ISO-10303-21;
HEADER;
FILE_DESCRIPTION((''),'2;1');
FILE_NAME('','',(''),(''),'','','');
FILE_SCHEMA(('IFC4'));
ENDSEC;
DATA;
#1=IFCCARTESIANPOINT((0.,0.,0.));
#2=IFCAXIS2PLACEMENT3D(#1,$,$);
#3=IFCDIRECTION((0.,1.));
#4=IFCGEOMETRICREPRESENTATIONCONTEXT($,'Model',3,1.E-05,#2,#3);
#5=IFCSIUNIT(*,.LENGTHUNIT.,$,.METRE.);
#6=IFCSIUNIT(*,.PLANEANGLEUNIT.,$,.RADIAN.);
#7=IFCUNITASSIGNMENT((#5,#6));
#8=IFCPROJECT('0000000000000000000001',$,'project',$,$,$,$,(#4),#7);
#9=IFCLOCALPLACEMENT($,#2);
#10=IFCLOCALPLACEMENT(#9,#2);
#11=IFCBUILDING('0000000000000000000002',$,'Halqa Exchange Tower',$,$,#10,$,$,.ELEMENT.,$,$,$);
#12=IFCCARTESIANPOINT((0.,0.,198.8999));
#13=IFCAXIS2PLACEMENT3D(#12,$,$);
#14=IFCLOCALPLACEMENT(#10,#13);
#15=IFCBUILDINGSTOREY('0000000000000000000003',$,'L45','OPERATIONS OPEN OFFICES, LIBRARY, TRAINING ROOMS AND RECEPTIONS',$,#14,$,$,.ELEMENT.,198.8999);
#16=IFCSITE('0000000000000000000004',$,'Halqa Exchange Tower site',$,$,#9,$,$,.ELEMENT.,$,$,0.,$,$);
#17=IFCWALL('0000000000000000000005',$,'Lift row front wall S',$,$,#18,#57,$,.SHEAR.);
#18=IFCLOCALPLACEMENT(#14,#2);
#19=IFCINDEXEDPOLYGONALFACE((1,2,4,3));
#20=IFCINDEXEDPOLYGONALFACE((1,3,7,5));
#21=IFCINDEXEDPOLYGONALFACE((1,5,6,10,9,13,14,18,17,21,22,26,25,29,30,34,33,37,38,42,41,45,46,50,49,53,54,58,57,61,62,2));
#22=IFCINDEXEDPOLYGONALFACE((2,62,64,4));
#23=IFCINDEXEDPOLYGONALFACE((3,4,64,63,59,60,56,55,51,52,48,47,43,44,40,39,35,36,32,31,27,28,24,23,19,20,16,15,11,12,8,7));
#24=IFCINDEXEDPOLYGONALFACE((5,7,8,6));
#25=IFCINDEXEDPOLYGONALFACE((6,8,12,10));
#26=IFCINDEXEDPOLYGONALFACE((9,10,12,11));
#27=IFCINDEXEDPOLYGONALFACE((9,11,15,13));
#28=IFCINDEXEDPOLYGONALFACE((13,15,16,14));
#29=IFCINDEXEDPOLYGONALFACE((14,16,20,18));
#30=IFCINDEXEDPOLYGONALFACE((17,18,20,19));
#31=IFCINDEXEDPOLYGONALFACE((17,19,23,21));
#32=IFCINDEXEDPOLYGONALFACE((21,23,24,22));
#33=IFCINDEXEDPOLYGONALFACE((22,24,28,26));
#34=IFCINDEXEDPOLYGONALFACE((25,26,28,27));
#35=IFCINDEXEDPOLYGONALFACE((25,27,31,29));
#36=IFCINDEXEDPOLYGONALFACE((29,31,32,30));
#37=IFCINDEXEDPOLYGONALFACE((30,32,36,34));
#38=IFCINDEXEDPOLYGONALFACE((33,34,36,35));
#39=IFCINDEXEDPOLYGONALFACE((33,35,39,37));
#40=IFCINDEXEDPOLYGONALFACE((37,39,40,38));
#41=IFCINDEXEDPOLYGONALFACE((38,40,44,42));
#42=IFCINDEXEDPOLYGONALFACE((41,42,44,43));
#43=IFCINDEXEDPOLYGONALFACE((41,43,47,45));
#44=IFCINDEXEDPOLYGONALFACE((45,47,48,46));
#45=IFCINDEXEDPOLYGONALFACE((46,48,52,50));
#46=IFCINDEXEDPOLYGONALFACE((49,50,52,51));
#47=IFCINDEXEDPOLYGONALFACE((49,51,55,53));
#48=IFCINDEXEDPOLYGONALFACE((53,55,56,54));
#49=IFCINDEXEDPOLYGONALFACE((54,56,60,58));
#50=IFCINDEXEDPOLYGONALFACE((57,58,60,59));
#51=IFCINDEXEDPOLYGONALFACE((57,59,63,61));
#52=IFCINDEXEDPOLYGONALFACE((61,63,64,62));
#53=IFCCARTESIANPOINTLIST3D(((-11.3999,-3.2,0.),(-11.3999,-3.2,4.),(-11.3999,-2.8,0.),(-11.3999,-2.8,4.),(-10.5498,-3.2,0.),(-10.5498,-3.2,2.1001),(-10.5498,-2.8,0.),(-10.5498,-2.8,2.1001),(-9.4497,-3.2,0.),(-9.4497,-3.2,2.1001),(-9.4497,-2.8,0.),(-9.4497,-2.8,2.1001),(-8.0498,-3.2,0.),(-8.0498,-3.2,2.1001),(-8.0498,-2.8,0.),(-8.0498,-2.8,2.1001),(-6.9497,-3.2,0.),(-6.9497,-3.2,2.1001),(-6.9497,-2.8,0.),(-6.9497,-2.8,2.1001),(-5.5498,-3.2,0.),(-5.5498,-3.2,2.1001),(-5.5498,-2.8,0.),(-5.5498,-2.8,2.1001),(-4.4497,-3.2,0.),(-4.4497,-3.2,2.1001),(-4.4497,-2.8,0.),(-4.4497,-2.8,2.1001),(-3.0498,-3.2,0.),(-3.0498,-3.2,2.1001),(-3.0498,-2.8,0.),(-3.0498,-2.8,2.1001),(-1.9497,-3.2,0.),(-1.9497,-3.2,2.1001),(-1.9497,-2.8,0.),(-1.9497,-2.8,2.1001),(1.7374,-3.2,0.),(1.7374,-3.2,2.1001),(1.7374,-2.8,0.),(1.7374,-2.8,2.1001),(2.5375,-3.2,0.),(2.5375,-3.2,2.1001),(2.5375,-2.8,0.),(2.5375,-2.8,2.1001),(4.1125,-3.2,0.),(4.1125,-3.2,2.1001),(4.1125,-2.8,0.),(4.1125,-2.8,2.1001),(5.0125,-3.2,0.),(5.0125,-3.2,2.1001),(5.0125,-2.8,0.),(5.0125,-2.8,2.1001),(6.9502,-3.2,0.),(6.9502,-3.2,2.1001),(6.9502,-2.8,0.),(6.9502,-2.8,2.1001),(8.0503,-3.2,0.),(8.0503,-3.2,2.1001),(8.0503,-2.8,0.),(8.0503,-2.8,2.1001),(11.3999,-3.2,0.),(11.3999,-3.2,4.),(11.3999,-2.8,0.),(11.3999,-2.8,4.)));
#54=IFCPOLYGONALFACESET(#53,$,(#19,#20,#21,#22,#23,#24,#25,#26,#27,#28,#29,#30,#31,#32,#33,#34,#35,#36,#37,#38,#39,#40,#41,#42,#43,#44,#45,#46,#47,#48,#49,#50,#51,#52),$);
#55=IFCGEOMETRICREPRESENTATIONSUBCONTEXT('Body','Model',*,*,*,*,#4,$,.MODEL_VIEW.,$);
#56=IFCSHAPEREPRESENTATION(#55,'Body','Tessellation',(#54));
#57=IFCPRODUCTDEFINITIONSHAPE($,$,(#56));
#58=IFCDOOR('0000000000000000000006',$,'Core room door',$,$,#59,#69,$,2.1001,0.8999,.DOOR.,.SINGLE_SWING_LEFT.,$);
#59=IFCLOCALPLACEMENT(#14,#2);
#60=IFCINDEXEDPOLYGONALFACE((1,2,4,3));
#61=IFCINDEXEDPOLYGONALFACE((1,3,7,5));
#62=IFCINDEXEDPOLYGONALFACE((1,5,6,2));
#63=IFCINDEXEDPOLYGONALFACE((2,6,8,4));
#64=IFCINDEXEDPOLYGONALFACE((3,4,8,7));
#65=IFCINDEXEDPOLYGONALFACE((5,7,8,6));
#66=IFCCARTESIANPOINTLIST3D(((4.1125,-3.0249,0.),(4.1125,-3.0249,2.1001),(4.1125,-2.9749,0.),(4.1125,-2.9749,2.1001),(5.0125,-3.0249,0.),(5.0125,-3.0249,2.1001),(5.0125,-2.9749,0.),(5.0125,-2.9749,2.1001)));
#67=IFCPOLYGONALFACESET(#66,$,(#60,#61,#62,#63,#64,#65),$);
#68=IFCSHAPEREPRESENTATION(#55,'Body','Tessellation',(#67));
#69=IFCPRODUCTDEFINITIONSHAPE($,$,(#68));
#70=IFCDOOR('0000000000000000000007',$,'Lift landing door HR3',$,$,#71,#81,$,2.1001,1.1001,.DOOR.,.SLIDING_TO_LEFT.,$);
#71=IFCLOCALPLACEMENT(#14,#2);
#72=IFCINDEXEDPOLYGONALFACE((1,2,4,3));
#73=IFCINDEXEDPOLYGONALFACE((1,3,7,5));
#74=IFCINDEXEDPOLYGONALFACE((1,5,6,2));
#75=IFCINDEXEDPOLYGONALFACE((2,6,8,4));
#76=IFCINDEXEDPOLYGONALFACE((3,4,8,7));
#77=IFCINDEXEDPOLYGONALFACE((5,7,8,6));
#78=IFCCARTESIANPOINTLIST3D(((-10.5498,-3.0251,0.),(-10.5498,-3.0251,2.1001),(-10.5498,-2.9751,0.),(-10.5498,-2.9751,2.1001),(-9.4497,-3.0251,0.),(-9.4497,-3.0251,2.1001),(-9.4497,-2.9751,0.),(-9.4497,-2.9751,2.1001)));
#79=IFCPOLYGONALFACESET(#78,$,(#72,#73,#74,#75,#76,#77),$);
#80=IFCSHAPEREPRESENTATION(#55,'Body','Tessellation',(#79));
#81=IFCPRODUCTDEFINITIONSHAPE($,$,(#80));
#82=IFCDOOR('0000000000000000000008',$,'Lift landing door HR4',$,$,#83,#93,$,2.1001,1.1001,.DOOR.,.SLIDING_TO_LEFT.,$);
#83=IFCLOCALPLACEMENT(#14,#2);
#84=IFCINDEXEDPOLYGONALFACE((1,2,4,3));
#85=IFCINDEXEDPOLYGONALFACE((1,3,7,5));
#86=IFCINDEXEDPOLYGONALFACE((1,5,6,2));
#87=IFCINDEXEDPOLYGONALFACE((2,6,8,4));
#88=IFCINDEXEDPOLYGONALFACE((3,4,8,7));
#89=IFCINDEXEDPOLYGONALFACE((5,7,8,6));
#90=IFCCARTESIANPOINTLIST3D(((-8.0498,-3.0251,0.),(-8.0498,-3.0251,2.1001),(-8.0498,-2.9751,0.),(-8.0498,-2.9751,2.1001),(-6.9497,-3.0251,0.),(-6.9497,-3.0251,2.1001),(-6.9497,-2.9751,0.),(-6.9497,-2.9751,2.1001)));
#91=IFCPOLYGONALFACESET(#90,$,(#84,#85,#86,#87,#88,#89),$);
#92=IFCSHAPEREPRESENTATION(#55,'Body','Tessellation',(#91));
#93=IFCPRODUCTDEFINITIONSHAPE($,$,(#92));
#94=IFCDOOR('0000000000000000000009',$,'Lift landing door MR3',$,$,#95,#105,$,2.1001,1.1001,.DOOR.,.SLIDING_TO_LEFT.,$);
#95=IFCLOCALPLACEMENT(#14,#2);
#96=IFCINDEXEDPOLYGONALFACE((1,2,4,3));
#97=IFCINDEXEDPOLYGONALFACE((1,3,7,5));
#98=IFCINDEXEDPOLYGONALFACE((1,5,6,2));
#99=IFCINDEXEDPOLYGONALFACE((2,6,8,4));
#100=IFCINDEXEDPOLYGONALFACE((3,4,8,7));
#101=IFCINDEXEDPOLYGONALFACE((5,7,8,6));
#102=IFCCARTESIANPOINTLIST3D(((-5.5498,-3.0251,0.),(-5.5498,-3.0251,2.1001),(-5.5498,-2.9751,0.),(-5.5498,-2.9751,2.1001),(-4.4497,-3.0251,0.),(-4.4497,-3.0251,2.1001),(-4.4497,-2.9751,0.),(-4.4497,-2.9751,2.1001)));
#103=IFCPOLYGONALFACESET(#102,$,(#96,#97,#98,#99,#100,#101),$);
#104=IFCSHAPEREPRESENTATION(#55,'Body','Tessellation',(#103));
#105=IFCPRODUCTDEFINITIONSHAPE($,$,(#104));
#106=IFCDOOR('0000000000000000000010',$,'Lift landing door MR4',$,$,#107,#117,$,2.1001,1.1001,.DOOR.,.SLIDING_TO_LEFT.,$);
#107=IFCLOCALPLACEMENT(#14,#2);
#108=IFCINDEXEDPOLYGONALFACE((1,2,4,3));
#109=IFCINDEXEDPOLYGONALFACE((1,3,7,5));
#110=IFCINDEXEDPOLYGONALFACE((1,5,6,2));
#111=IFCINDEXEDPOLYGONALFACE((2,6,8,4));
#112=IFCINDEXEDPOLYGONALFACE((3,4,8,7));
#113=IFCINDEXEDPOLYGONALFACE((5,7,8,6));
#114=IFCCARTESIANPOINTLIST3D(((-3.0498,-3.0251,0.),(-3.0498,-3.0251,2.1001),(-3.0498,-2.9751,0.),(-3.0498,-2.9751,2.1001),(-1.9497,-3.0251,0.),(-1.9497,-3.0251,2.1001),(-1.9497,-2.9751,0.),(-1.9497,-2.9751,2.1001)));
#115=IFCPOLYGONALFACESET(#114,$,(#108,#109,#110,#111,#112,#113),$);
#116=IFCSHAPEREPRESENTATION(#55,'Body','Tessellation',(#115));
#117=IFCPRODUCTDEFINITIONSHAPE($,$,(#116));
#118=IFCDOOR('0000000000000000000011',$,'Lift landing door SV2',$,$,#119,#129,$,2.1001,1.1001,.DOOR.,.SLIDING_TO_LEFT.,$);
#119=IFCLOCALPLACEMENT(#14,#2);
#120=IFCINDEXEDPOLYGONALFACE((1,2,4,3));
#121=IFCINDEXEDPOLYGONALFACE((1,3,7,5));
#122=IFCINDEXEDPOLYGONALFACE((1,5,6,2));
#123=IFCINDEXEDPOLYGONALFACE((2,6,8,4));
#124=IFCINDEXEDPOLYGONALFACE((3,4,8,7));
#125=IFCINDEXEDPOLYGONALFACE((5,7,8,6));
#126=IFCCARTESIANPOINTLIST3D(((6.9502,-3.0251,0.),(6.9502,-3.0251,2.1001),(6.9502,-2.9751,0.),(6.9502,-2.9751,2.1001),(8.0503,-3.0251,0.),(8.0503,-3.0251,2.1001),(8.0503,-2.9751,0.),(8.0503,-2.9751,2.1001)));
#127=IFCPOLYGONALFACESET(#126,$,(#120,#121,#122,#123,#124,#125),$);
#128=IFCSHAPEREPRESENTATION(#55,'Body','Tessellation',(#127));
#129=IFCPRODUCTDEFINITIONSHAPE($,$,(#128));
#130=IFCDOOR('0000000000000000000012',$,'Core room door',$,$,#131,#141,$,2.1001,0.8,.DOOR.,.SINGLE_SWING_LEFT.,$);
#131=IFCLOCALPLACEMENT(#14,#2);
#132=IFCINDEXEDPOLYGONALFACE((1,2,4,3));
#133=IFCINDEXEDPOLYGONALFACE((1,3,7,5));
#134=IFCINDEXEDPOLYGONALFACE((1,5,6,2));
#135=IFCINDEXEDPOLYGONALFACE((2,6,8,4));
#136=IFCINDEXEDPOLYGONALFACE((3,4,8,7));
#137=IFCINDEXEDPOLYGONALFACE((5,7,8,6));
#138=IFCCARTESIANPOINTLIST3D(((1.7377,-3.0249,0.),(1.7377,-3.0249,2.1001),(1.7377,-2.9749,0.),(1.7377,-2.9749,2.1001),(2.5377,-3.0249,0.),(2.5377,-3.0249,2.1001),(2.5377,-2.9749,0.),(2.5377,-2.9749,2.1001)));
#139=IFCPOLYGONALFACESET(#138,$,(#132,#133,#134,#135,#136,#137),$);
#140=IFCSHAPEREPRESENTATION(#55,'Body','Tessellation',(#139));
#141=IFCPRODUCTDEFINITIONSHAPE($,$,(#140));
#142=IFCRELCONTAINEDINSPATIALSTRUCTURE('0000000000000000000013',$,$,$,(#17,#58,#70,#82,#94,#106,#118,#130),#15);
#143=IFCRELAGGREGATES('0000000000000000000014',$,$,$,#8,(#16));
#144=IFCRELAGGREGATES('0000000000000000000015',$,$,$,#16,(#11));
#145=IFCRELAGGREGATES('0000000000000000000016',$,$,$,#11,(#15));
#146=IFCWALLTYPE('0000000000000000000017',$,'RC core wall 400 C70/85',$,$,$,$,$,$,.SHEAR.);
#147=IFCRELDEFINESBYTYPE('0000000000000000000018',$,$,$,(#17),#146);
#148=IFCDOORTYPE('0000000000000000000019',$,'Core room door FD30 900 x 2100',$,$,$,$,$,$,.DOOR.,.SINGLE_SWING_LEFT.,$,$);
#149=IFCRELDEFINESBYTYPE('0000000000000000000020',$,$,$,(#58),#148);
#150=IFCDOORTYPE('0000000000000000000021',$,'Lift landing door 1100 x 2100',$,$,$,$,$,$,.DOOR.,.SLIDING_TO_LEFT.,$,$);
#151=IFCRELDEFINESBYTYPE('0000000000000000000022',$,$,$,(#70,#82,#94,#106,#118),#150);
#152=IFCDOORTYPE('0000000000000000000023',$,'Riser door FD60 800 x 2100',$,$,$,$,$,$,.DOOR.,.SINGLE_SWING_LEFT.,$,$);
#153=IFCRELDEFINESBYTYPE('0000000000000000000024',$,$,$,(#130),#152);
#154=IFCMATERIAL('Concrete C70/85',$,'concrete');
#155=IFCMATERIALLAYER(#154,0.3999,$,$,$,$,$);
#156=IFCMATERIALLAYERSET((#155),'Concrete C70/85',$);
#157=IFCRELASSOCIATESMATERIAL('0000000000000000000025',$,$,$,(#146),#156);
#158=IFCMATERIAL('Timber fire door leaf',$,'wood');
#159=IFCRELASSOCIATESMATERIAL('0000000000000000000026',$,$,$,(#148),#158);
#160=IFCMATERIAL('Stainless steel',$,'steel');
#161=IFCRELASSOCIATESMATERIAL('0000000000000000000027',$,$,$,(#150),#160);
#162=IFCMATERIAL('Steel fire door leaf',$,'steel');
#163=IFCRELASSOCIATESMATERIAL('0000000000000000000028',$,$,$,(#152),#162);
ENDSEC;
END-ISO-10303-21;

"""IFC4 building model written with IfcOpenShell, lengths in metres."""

from ifc_helpers import new_model, si_unit, direction, frame, frame_2d, origin, place, context, subcontext, project, spatial, rectangle, extrude, material, layer, layer_set, type_object, element, fill, save


model = new_model("IFC4")

# Units and contexts
model_context = context("Model", 3, precision=1e-05, world=origin(), true_north=direction((0.0, 1.0)))
body_context = subcontext(model_context, "Body", "Model", "MODEL_VIEW")
ifc_project = project(units=[si_unit("LENGTHUNIT", "METRE"), si_unit("PLANEANGLEUNIT", "RADIAN")], contexts=[model_context])

# Site, building, storey
site_placement = place(None, origin())
site = spatial("IfcSite", under=ifc_project, at=site_placement, Name="Halqa Exchange Tower site", CompositionType="ELEMENT", RefElevation=0.0)
building_placement = place(site_placement, origin())
building = spatial("IfcBuilding", under=site, at=building_placement, Name="Halqa Exchange Tower", CompositionType="ELEMENT")
storey_placement = place(building_placement, frame((0.0, 0.0, 198.8999)))
storey = spatial("IfcBuildingStorey", under=building, at=storey_placement, Name="L45", Description="OPERATIONS OPEN OFFICES, LIBRARY, TRAINING ROOMS AND RECEPTIONS", CompositionType="ELEMENT", Elevation=198.8999)

# Wall, openings, doors
ifc_material_1 = material(Name="Concrete C70/85", Category="concrete")
ifc_layer_1 = layer(ifc_material_1, 0.3999)
ifc_layer_set_1 = layer_set([ifc_layer_1], Name="Concrete C70/85")
wall_type_1 = type_object("IfcWallType", Name="RC core wall 400 C70/85", PredefinedType="SHEAR", material=ifc_layer_set_1)
wall_1_placement = place(storey_placement, frame((-11.3999, -3.0, 0.0), z_axis=(0.0, 0.0, 1.0), x_axis=(1.0, 0.0, 0.0)))
wall_1 = element("IfcWall", 1, at=wall_1_placement, inside=storey, type_object=wall_type_1, Name="Lift row front wall S", PredefinedType="SHEAR", context=body_context, shape_type="SweptSolid", body=[
    extrude(rectangle(XDim=22.7998, YDim=0.3999, at=frame_2d((11.3999, 0.0))), origin(), (0.0, 0.0, 1.0), 4.0),
])
opening_1_placement = place(wall_1_placement, frame((0.8501, 0.0, 0.0)))
opening_1 = element("IfcOpeningElement", 2, at=opening_1_placement, cuts=wall_1, PredefinedType="OPENING", context=body_context, shape_type="SweptSolid", body=[
    extrude(rectangle(XDim=1.1001, YDim=2.1001, at=frame_2d((0.55, 1.05))), frame((0.0, 0.2119, 0.0), z_axis=(0.0, -1.0, 0.0), x_axis=(1.0, 0.0, 0.0)), (0.0, 0.0, 1.0), 0.4238),
])
opening_2_placement = place(wall_1_placement, frame((3.3501, 0.0, 0.0)))
opening_2 = element("IfcOpeningElement", 3, at=opening_2_placement, cuts=wall_1, PredefinedType="OPENING", context=body_context, shape_type="SweptSolid", body=[
    extrude(rectangle(XDim=1.1001, YDim=2.1001, at=frame_2d((0.55, 1.05))), frame((0.0, 0.2119, 0.0), z_axis=(0.0, -1.0, 0.0), x_axis=(1.0, 0.0, 0.0)), (0.0, 0.0, 1.0), 0.4238),
])
opening_3_placement = place(wall_1_placement, frame((5.8501, 0.0, 0.0)))
opening_3 = element("IfcOpeningElement", 4, at=opening_3_placement, cuts=wall_1, PredefinedType="OPENING", context=body_context, shape_type="SweptSolid", body=[
    extrude(rectangle(XDim=1.1001, YDim=2.1001, at=frame_2d((0.55, 1.05))), frame((0.0, 0.2119, 0.0), z_axis=(0.0, -1.0, 0.0), x_axis=(1.0, 0.0, 0.0)), (0.0, 0.0, 1.0), 0.4238),
])
opening_4_placement = place(wall_1_placement, frame((8.3501, 0.0, 0.0)))
opening_4 = element("IfcOpeningElement", 5, at=opening_4_placement, cuts=wall_1, PredefinedType="OPENING", context=body_context, shape_type="SweptSolid", body=[
    extrude(rectangle(XDim=1.1001, YDim=2.1001, at=frame_2d((0.55, 1.05))), frame((0.0, 0.2119, 0.0), z_axis=(0.0, -1.0, 0.0), x_axis=(1.0, 0.0, 0.0)), (0.0, 0.0, 1.0), 0.4238),
])
opening_5_placement = place(wall_1_placement, frame((18.3501, 0.0, 0.0)))
opening_5 = element("IfcOpeningElement", 6, at=opening_5_placement, cuts=wall_1, PredefinedType="OPENING", context=body_context, shape_type="SweptSolid", body=[
    extrude(rectangle(XDim=1.1001, YDim=2.1001, at=frame_2d((0.55, 1.05))), frame((0.0, 0.2119, 0.0), z_axis=(0.0, -1.0, 0.0), x_axis=(1.0, 0.0, 0.0)), (0.0, 0.0, 1.0), 0.4238),
])
opening_6_placement = place(wall_1_placement, frame((13.1375, 0.0, 0.0)))
opening_6 = element("IfcOpeningElement", 7, at=opening_6_placement, cuts=wall_1, PredefinedType="OPENING", context=body_context, shape_type="SweptSolid", body=[
    extrude(rectangle(XDim=0.8, YDim=2.1001, at=frame_2d((0.3999, 1.05))), frame((0.0, 0.2119, 0.0), z_axis=(0.0, -1.0, 0.0), x_axis=(1.0, 0.0, 0.0)), (0.0, 0.0, 1.0), 0.4238),
])
opening_7_placement = place(wall_1_placement, frame((15.5125, 0.0, 0.0)))
opening_7 = element("IfcOpeningElement", 8, at=opening_7_placement, cuts=wall_1, PredefinedType="OPENING", context=body_context, shape_type="SweptSolid", body=[
    extrude(rectangle(XDim=0.8999, YDim=2.1001, at=frame_2d((0.45, 1.05))), frame((0.0, 0.2119, 0.0), z_axis=(0.0, -1.0, 0.0), x_axis=(1.0, 0.0, 0.0)), (0.0, 0.0, 1.0), 0.4238),
])
ifc_material_2 = material(Name="Timber fire door leaf", Category="wood")
door_type_1 = type_object("IfcDoorType", Name="Core room door FD30 900 x 2100", OperationType="SINGLE_SWING_LEFT", PredefinedType="DOOR", material=ifc_material_2)
door_1_placement = place(opening_7_placement, frame((0.8999, 0.0, 0.0), z_axis=(0.0, 0.0, 1.0), x_axis=(-1.0, 0.0, 0.0)))
door_1 = element("IfcDoor", 9, at=door_1_placement, inside=storey, type_object=door_type_1, Name="Core room door", OperationType="SINGLE_SWING_LEFT", OverallHeight=2.1001, OverallWidth=0.8999, PredefinedType="DOOR", context=body_context, shape_type="SweptSolid", body=[
    extrude(rectangle(XDim=0.8999, YDim=2.1001, at=frame_2d((0.45, 1.05))), frame((0.0, 0.0249, 0.0), z_axis=(0.0, -1.0, 0.0), x_axis=(1.0, 0.0, 0.0)), (0.0, 0.0, 1.0), 0.05),
])
fill(opening_7, door_1)
ifc_material_3 = material(Name="Stainless steel", Category="steel")
door_type_2 = type_object("IfcDoorType", Name="Lift landing door 1100 x 2100", OperationType="SLIDING_TO_LEFT", PredefinedType="DOOR", material=ifc_material_3)
door_2_placement = place(opening_1_placement, origin())
door_2 = element("IfcDoor", 10, at=door_2_placement, inside=storey, type_object=door_type_2, Name="Lift landing door HR3", OperationType="SLIDING_TO_LEFT", OverallHeight=2.1001, OverallWidth=1.1001, PredefinedType="DOOR", context=body_context, shape_type="SweptSolid", body=[
    extrude(rectangle(XDim=1.1001, YDim=2.1001, at=frame_2d((0.55, 1.05))), frame((0.0, 0.0249, 0.0), z_axis=(0.0, -1.0, 0.0), x_axis=(1.0, 0.0, 0.0)), (0.0, 0.0, 1.0), 0.05),
])
fill(opening_1, door_2)
door_3_placement = place(opening_2_placement, origin())
door_3 = element("IfcDoor", 11, at=door_3_placement, inside=storey, type_object=door_type_2, Name="Lift landing door HR4", OperationType="SLIDING_TO_LEFT", OverallHeight=2.1001, OverallWidth=1.1001, PredefinedType="DOOR", context=body_context, shape_type="SweptSolid", body=[
    extrude(rectangle(XDim=1.1001, YDim=2.1001, at=frame_2d((0.55, 1.05))), frame((0.0, 0.0249, 0.0), z_axis=(0.0, -1.0, 0.0), x_axis=(1.0, 0.0, 0.0)), (0.0, 0.0, 1.0), 0.05),
])
fill(opening_2, door_3)
door_4_placement = place(opening_3_placement, origin())
door_4 = element("IfcDoor", 12, at=door_4_placement, inside=storey, type_object=door_type_2, Name="Lift landing door MR3", OperationType="SLIDING_TO_LEFT", OverallHeight=2.1001, OverallWidth=1.1001, PredefinedType="DOOR", context=body_context, shape_type="SweptSolid", body=[
    extrude(rectangle(XDim=1.1001, YDim=2.1001, at=frame_2d((0.55, 1.05))), frame((0.0, 0.0249, 0.0), z_axis=(0.0, -1.0, 0.0), x_axis=(1.0, 0.0, 0.0)), (0.0, 0.0, 1.0), 0.05),
])
fill(opening_3, door_4)
door_5_placement = place(opening_4_placement, origin())
door_5 = element("IfcDoor", 13, at=door_5_placement, inside=storey, type_object=door_type_2, Name="Lift landing door MR4", OperationType="SLIDING_TO_LEFT", OverallHeight=2.1001, OverallWidth=1.1001, PredefinedType="DOOR", context=body_context, shape_type="SweptSolid", body=[
    extrude(rectangle(XDim=1.1001, YDim=2.1001, at=frame_2d((0.55, 1.05))), frame((0.0, 0.0249, 0.0), z_axis=(0.0, -1.0, 0.0), x_axis=(1.0, 0.0, 0.0)), (0.0, 0.0, 1.0), 0.05),
])
fill(opening_4, door_5)
door_6_placement = place(opening_5_placement, origin())
door_6 = element("IfcDoor", 14, at=door_6_placement, inside=storey, type_object=door_type_2, Name="Lift landing door SV2", OperationType="SLIDING_TO_LEFT", OverallHeight=2.1001, OverallWidth=1.1001, PredefinedType="DOOR", context=body_context, shape_type="SweptSolid", body=[
    extrude(rectangle(XDim=1.1001, YDim=2.1001, at=frame_2d((0.55, 1.05))), frame((0.0, 0.0249, 0.0), z_axis=(0.0, -1.0, 0.0), x_axis=(1.0, 0.0, 0.0)), (0.0, 0.0, 1.0), 0.05),
])
fill(opening_5, door_6)
ifc_material_4 = material(Name="Steel fire door leaf", Category="steel")
door_type_3 = type_object("IfcDoorType", Name="Riser door FD60 800 x 2100", OperationType="SINGLE_SWING_LEFT", PredefinedType="DOOR", material=ifc_material_4)
door_7_placement = place(opening_6_placement, frame((0.8, 0.0, 0.0), z_axis=(0.0, 0.0, 1.0), x_axis=(-1.0, 0.0, 0.0)))
door_7 = element("IfcDoor", 15, at=door_7_placement, inside=storey, type_object=door_type_3, Name="Core room door", OperationType="SINGLE_SWING_LEFT", OverallHeight=2.1001, OverallWidth=0.8, PredefinedType="DOOR", context=body_context, shape_type="SweptSolid", body=[
    extrude(rectangle(XDim=0.8, YDim=2.1001, at=frame_2d((0.3999, 1.05))), frame((0.0, 0.0249, 0.0), z_axis=(0.0, -1.0, 0.0), x_axis=(1.0, 0.0, 0.0)), (0.0, 0.0, 1.0), 0.05),
])
fill(opening_6, door_7)

save(model, "model.ifc")
